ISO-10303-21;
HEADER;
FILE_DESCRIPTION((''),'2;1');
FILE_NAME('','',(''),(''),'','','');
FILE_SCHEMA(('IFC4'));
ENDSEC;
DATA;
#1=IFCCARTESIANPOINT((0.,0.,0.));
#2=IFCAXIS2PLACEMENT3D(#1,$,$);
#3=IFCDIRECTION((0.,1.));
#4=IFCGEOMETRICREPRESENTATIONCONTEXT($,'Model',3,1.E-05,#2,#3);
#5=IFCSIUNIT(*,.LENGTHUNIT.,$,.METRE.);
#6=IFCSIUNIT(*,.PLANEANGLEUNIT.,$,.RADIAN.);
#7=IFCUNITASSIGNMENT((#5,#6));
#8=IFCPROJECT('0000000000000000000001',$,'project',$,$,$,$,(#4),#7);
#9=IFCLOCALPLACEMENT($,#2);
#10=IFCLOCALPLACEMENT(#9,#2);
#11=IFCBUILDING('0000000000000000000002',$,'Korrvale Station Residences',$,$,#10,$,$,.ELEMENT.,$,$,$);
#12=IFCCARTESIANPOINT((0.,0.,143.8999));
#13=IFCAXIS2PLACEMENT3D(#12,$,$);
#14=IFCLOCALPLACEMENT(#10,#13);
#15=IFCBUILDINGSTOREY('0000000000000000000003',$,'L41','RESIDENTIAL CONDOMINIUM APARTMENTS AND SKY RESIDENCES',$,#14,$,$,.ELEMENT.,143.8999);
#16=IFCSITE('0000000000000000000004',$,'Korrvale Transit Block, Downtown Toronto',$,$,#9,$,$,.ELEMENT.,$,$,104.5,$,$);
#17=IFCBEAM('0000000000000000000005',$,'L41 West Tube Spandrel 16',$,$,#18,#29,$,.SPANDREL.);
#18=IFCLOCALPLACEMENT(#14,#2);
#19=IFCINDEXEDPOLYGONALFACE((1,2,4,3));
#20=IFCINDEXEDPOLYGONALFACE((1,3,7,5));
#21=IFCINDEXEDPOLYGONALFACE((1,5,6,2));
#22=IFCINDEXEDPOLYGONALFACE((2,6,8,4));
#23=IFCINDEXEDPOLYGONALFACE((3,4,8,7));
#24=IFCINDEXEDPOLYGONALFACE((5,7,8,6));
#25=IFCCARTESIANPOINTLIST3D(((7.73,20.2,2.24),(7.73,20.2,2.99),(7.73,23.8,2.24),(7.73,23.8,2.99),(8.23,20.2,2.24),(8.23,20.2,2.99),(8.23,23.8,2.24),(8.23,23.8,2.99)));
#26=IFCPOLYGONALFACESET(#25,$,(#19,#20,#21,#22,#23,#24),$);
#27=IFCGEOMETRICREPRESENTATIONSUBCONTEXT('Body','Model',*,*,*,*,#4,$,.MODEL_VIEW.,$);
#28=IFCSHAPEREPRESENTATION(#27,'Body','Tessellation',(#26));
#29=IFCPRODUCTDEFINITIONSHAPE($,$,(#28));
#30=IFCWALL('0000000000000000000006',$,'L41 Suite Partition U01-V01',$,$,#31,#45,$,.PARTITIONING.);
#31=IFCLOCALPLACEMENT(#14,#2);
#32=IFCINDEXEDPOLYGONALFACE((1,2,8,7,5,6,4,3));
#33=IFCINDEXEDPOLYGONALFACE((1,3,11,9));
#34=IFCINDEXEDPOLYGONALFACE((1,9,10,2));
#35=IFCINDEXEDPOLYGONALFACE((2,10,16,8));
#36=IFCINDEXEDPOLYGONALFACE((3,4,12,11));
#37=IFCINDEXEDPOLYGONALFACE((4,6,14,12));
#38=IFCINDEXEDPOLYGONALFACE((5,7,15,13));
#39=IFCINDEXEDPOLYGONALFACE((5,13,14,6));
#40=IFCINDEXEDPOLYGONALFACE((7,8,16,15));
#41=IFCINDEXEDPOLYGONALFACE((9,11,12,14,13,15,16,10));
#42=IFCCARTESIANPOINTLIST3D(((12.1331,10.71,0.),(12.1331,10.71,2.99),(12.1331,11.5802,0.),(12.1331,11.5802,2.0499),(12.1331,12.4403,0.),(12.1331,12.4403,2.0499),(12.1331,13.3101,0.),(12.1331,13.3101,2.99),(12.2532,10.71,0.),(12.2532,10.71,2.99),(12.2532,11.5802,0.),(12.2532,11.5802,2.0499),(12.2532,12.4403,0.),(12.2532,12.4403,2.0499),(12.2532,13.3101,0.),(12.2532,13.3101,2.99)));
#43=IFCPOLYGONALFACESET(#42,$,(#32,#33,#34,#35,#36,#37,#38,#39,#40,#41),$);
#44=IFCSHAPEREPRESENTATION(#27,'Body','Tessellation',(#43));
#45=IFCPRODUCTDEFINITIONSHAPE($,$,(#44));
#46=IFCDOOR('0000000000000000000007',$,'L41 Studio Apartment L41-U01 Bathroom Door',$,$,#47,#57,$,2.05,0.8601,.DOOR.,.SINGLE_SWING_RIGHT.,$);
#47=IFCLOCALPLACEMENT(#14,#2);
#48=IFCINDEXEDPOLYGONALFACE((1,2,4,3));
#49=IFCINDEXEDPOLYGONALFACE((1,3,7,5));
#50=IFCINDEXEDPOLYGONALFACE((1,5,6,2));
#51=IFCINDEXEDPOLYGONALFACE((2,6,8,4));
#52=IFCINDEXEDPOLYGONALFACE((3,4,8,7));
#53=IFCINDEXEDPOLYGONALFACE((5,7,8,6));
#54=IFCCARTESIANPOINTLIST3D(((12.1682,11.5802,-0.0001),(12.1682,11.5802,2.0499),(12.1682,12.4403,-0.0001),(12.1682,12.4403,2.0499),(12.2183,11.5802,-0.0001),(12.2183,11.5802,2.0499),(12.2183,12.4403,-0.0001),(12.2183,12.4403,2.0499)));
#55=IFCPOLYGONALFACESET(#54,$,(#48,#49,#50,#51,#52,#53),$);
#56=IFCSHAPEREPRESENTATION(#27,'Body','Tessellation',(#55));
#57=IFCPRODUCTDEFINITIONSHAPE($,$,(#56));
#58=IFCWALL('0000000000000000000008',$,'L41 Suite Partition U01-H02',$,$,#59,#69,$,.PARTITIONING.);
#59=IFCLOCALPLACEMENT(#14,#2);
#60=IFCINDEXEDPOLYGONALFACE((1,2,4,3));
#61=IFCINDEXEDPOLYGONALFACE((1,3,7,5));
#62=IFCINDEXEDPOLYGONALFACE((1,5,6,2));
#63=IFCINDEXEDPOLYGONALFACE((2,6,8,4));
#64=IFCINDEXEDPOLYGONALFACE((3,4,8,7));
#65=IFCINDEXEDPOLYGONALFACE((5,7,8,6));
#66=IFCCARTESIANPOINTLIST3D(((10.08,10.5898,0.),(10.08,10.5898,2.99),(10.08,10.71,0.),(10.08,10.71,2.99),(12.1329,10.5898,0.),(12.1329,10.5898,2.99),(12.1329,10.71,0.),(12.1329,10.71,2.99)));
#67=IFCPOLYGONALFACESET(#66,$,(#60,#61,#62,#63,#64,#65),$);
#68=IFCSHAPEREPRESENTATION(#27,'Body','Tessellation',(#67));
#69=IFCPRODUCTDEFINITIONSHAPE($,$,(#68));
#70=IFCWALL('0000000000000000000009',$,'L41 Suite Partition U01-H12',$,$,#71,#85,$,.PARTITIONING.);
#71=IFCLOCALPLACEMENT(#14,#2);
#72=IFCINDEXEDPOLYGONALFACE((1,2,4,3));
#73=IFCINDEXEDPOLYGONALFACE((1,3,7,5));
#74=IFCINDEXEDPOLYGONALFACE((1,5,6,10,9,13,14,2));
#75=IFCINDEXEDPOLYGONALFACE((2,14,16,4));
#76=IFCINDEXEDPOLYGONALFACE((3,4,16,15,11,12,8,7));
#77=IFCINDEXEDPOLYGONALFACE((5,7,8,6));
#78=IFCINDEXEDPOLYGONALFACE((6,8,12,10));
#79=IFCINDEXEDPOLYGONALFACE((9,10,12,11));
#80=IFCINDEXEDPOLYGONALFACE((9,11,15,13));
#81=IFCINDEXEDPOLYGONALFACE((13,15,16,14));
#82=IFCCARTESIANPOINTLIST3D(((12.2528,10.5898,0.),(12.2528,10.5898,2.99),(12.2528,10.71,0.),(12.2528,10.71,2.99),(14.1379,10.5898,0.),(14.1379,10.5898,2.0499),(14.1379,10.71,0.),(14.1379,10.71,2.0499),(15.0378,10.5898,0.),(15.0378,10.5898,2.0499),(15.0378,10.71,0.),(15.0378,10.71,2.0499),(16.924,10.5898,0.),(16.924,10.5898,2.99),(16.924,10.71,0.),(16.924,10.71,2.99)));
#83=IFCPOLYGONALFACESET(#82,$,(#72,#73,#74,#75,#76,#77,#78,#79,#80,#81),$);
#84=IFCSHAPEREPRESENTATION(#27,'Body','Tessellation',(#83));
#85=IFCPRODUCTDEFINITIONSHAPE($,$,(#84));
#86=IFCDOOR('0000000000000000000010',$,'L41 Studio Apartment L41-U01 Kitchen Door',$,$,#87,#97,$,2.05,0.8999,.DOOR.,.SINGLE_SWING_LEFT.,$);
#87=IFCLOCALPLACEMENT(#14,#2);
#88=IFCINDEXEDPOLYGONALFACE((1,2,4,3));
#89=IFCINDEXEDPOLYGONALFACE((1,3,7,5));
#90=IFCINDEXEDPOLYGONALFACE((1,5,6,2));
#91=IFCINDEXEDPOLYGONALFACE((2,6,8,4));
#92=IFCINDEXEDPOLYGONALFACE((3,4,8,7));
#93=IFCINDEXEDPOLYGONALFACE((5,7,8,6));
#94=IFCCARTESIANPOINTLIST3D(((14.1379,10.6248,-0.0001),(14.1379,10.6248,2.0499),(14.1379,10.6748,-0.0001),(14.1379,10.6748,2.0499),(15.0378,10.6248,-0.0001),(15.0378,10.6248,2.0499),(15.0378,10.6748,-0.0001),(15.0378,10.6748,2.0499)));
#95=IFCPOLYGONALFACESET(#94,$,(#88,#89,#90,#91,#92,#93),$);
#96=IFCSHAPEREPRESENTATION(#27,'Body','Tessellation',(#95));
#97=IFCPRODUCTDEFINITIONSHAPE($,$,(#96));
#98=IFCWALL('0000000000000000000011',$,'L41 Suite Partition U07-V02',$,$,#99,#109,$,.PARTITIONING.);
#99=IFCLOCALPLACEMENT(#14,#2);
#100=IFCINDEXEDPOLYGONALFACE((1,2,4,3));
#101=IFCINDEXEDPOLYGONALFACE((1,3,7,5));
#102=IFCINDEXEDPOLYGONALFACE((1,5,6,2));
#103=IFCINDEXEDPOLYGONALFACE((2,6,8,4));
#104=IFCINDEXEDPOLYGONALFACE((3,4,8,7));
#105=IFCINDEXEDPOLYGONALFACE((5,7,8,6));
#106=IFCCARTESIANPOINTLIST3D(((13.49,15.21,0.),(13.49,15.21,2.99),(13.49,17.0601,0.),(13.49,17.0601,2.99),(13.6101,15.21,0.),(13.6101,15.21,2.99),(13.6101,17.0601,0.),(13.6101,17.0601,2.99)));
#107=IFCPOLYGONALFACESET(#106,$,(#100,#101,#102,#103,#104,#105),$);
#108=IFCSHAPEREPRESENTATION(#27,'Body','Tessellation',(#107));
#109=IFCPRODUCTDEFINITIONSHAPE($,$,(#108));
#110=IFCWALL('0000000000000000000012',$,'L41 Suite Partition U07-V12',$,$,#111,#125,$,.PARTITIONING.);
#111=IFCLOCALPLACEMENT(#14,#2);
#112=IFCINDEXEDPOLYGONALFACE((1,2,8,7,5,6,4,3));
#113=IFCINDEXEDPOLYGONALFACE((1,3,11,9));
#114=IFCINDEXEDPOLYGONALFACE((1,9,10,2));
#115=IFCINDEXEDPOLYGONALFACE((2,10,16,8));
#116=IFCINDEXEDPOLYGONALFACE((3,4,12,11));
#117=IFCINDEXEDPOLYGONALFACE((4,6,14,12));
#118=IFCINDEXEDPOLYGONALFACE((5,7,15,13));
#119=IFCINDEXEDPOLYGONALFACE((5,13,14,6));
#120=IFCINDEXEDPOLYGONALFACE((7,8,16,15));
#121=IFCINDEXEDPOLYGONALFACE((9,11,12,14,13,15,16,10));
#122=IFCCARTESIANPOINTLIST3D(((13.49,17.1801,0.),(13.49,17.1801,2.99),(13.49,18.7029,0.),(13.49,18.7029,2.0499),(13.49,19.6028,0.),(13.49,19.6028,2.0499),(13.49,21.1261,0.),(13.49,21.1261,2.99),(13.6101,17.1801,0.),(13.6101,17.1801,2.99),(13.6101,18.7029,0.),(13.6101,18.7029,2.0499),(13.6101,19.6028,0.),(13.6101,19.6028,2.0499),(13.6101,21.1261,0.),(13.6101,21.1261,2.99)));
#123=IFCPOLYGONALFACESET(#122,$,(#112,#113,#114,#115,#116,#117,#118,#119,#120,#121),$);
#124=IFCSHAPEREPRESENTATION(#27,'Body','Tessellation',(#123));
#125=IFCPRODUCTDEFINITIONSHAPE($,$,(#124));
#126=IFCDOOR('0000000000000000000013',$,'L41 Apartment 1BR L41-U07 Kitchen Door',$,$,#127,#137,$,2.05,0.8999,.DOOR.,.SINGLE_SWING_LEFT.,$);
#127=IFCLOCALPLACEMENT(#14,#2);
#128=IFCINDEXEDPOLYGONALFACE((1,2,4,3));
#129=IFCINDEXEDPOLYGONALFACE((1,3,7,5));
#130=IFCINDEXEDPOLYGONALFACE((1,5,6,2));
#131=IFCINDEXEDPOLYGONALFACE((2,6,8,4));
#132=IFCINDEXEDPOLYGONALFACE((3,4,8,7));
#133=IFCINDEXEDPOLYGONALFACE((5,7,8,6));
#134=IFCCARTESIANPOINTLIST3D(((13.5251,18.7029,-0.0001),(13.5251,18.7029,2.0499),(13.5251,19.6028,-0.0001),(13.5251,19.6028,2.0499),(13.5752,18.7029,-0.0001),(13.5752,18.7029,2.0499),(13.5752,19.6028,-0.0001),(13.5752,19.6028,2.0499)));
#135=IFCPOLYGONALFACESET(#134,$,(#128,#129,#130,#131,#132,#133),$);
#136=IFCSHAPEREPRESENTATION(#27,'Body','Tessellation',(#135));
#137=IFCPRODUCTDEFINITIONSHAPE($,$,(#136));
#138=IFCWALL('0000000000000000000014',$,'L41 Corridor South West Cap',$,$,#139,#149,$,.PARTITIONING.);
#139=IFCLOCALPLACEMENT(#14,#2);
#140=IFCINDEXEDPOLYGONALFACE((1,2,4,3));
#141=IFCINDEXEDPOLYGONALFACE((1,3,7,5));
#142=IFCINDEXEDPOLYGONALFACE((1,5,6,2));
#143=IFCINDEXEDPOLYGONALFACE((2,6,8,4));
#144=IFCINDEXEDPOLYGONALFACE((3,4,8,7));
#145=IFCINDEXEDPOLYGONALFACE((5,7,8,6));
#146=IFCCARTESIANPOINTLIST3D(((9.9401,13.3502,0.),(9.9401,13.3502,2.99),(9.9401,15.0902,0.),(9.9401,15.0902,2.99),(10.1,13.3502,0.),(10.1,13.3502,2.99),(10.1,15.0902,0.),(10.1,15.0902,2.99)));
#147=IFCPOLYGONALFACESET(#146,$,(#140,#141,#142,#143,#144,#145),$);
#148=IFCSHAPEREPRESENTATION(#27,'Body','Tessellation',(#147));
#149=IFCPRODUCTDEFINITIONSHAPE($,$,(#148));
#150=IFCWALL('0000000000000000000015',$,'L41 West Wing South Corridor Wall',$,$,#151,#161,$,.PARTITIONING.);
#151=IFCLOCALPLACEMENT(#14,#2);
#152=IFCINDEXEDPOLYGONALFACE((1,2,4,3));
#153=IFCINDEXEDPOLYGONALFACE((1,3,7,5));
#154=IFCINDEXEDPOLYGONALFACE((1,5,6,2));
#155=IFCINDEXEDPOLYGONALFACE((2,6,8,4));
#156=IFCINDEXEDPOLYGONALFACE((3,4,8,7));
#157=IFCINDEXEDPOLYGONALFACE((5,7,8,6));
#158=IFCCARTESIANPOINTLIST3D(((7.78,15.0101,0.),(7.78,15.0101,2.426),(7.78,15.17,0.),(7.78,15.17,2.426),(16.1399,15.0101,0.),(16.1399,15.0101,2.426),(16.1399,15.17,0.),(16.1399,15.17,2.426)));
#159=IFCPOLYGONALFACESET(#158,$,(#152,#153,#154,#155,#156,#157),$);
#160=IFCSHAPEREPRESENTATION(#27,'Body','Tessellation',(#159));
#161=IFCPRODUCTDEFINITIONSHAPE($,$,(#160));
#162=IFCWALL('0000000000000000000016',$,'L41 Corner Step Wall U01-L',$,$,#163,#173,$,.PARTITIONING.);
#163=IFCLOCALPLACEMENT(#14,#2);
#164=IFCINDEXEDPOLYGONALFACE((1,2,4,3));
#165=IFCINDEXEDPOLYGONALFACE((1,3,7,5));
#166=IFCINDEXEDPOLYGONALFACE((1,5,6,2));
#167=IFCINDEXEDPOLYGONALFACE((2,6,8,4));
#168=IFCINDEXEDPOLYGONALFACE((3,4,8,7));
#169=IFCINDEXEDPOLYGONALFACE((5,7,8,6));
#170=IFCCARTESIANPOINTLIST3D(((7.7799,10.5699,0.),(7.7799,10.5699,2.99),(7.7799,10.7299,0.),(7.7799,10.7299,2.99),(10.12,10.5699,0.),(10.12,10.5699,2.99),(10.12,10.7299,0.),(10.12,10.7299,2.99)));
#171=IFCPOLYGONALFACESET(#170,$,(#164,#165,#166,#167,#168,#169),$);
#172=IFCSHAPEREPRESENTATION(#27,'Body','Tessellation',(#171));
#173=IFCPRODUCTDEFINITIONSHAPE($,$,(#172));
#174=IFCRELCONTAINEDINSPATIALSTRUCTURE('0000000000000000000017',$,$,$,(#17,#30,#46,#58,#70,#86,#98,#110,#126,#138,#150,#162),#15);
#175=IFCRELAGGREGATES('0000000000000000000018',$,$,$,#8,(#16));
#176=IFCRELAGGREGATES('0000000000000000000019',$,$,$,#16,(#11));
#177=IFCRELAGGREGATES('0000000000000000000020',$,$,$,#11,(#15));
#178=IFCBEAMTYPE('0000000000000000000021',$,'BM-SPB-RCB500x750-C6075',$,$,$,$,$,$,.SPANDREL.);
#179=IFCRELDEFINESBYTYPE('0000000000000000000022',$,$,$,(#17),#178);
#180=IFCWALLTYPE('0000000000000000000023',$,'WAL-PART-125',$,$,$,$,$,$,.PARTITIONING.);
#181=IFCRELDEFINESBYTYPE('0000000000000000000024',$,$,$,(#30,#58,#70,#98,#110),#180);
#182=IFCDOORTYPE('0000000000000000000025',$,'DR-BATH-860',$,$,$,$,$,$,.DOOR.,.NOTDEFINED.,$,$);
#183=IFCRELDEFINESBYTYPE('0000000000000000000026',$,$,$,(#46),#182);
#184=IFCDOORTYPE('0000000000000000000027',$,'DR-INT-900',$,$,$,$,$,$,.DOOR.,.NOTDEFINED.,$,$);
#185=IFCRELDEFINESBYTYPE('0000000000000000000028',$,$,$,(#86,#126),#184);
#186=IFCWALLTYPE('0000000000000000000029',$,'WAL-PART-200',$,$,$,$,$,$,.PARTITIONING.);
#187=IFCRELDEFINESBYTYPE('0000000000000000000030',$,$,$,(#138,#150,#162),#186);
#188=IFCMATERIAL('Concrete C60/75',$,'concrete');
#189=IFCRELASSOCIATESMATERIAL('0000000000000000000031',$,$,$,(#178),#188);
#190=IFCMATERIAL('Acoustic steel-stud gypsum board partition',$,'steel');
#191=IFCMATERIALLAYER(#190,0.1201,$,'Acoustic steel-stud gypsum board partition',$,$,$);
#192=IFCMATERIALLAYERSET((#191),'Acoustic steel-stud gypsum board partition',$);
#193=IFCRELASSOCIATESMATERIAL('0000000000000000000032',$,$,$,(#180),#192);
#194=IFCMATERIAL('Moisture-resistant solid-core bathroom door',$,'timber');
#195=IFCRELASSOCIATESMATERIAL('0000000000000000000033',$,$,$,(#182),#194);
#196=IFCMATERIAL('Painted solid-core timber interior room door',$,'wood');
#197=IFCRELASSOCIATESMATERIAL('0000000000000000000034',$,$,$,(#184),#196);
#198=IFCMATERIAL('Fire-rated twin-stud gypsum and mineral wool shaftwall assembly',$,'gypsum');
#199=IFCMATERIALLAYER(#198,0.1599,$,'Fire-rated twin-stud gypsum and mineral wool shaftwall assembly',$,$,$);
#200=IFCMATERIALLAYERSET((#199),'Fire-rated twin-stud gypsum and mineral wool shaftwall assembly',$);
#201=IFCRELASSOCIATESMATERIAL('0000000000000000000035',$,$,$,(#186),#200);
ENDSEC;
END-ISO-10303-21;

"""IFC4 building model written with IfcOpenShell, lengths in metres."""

from ifc_helpers import new_model, si_unit, direction, frame, frame_2d, origin, origin_2d, place, context, subcontext, project, spatial, rectangle, extrude, material, layer, layer_set, material_profile, profile_set, type_object, element, fill, save


model = new_model("IFC4")

# Units and contexts
model_context = context("Model", 3, precision=1e-05, world=origin(), true_north=direction((0.0, 1.0)))
body_context = subcontext(model_context, "Body", "Model", "MODEL_VIEW")
ifc_project = project(units=[si_unit("LENGTHUNIT", "METRE"), si_unit("PLANEANGLEUNIT", "RADIAN")], contexts=[model_context])

# Site, building, storey
site_placement = place(None, origin())
site = spatial("IfcSite", under=ifc_project, at=site_placement, Name="Korrvale Transit Block, Downtown Toronto", CompositionType="ELEMENT", RefElevation=104.5)
building_placement = place(site_placement, origin())
building = spatial("IfcBuilding", under=site, at=building_placement, Name="Korrvale Station Residences", CompositionType="ELEMENT")
storey_placement = place(building_placement, frame((0.0, 0.0, 143.8999)))
storey = spatial("IfcBuildingStorey", under=building, at=storey_placement, Name="L41", Description="RESIDENTIAL CONDOMINIUM APARTMENTS AND SKY RESIDENCES", CompositionType="ELEMENT", Elevation=143.8999)

# Shared definitions
ifc_material_1 = material(Name="Concrete C60/75", Category="concrete")

# Beam
ifc_material_profile_1 = material_profile(ifc_material_1, rectangle(XDim=0.5, YDim=0.75, at=origin_2d()), Name="RCB500x750")
ifc_profile_set_1 = profile_set([ifc_material_profile_1], Name="Concrete C60/75")
beam_type_1 = type_object("IfcBeamType", Name="BM-SPB-RCB500x750-C6075", PredefinedType="SPANDREL", material=ifc_profile_set_1)
beam_1_placement = place(storey_placement, frame((7.98, 20.2, 2.615), z_axis=(0.0, 1.0, 0.0), x_axis=(-1.0, 0.0, 0.0)))
element("IfcBeam", 1, at=beam_1_placement, inside=storey, type_object=beam_type_1, Name="L41 West Tube Spandrel 16", PredefinedType="SPANDREL", context=body_context, shape_type="SweptSolid", body=[
    extrude(rectangle(XDim=0.5, YDim=0.75, at=origin_2d()), origin(), (0.0, 0.0, 1.0), 3.6001),
])

# Wall, opening, door
ifc_material_2 = material(Name="Acoustic steel-stud gypsum board partition", Category="steel")
ifc_layer_1 = layer(ifc_material_2, 0.1201, Name="Acoustic steel-stud gypsum board partition")
ifc_layer_set_1 = layer_set([ifc_layer_1], Name="Acoustic steel-stud gypsum board partition")
wall_type_1 = type_object("IfcWallType", Name="WAL-PART-125", PredefinedType="PARTITIONING", material=ifc_layer_set_1)
wall_1_placement = place(storey_placement, frame((12.1931, 10.71, 0.0), z_axis=(0.0, 0.0, 1.0), x_axis=(0.0, 1.0, 0.0)))
wall_1 = element("IfcWall", 2, at=wall_1_placement, inside=storey, type_object=wall_type_1, Name="L41 Suite Partition U01-V01", PredefinedType="PARTITIONING", context=body_context, shape_type="SweptSolid", body=[
    extrude(rectangle(XDim=2.6001, YDim=0.1201, at=frame_2d((1.3, 0.0))), origin(), (0.0, 0.0, 1.0), 2.99),
])
opening_1_placement = place(wall_1_placement, frame((0.8701, 0.0, 0.0)))
opening_1 = element("IfcOpeningElement", 3, at=opening_1_placement, cuts=wall_1, PredefinedType="OPENING", context=body_context, shape_type="SweptSolid", body=[
    extrude(rectangle(XDim=0.8601, YDim=2.05, at=frame_2d((0.4302, 1.0249))), frame((0.0, 0.0701, 0.0), z_axis=(0.0, -1.0, 0.0), x_axis=(1.0, 0.0, 0.0)), (0.0, 0.0, 1.0), 0.1401),
])
ifc_material_3 = material(Name="Moisture-resistant solid-core bathroom door", Category="timber")
door_type_1 = type_object("IfcDoorType", Name="DR-BATH-860", OperationType="NOTDEFINED", PredefinedType="DOOR", material=ifc_material_3)
door_1_placement = place(opening_1_placement, origin())
door_1 = element("IfcDoor", 4, at=door_1_placement, inside=storey, type_object=door_type_1, Name="L41 Studio Apartment L41-U01 Bathroom Door", OperationType="SINGLE_SWING_RIGHT", OverallHeight=2.05, OverallWidth=0.8601, PredefinedType="DOOR", context=body_context, shape_type="SweptSolid", body=[
    extrude(rectangle(XDim=0.8601, YDim=2.05, at=frame_2d((0.4302, 1.0249))), frame((0.0, 0.0249, 0.0), z_axis=(0.0, -1.0, 0.0), x_axis=(1.0, 0.0, 0.0)), (0.0, 0.0, 1.0), 0.05),
])
fill(opening_1, door_1)

# Wall
wall_2_placement = place(storey_placement, frame((10.0801, 10.6499, 0.0), z_axis=(0.0, 0.0, 1.0), x_axis=(1.0, 0.0, 0.0)))
element("IfcWall", 5, at=wall_2_placement, inside=storey, type_object=wall_type_1, Name="L41 Suite Partition U01-H02", PredefinedType="PARTITIONING", context=body_context, shape_type="SweptSolid", body=[
    extrude(rectangle(XDim=2.053, YDim=0.1201, at=frame_2d((1.0264, 0.0))), origin(), (0.0, 0.0, 1.0), 2.99),
])

# Wall, opening, door
wall_3_placement = place(storey_placement, frame((12.2529, 10.6499, 0.0), z_axis=(0.0, 0.0, 1.0), x_axis=(1.0, 0.0, 0.0)))
wall_3 = element("IfcWall", 6, at=wall_3_placement, inside=storey, type_object=wall_type_1, Name="L41 Suite Partition U01-H12", PredefinedType="PARTITIONING", context=body_context, shape_type="SweptSolid", body=[
    extrude(rectangle(XDim=4.6711, YDim=0.1201, at=frame_2d((2.3354, 0.0))), origin(), (0.0, 0.0, 1.0), 2.99),
])
opening_2_placement = place(wall_3_placement, frame((1.885, 0.0, 0.0)))
opening_2 = element("IfcOpeningElement", 7, at=opening_2_placement, cuts=wall_3, PredefinedType="OPENING", context=body_context, shape_type="SweptSolid", body=[
    extrude(rectangle(XDim=0.8999, YDim=2.05, at=frame_2d((0.45, 1.0249))), frame((0.0, 0.0701, 0.0), z_axis=(0.0, -1.0, 0.0), x_axis=(1.0, 0.0, 0.0)), (0.0, 0.0, 1.0), 0.1401),
])
ifc_material_4 = material(Name="Painted solid-core timber interior room door", Category="wood")
door_type_2 = type_object("IfcDoorType", Name="DR-INT-900", OperationType="NOTDEFINED", PredefinedType="DOOR", material=ifc_material_4)
door_2_placement = place(opening_2_placement, origin())
door_2 = element("IfcDoor", 8, at=door_2_placement, inside=storey, type_object=door_type_2, Name="L41 Studio Apartment L41-U01 Kitchen Door", OperationType="SINGLE_SWING_LEFT", OverallHeight=2.05, OverallWidth=0.8999, PredefinedType="DOOR", context=body_context, shape_type="SweptSolid", body=[
    extrude(rectangle(XDim=0.8999, YDim=2.05, at=frame_2d((0.45, 1.0249))), frame((0.0, 0.0249, 0.0), z_axis=(0.0, -1.0, 0.0), x_axis=(1.0, 0.0, 0.0)), (0.0, 0.0, 1.0), 0.05),
])
fill(opening_2, door_2)

# Wall
wall_4_placement = place(storey_placement, frame((13.55, 15.21, 0.0), z_axis=(0.0, 0.0, 1.0), x_axis=(0.0, 1.0, 0.0)))
element("IfcWall", 9, at=wall_4_placement, inside=storey, type_object=wall_type_1, Name="L41 Suite Partition U07-V02", PredefinedType="PARTITIONING", context=body_context, shape_type="SweptSolid", body=[
    extrude(rectangle(XDim=1.8501, YDim=0.1201, at=frame_2d((0.925, 0.0))), origin(), (0.0, 0.0, 1.0), 2.99),
])

# Wall, opening, door
wall_5_placement = place(storey_placement, frame((13.55, 17.1799, 0.0), z_axis=(0.0, 0.0, 1.0), x_axis=(0.0, 1.0, 0.0)))
wall_5 = element("IfcWall", 10, at=wall_5_placement, inside=storey, type_object=wall_type_1, Name="L41 Suite Partition U07-V12", PredefinedType="PARTITIONING", context=body_context, shape_type="SweptSolid", body=[
    extrude(rectangle(XDim=3.946, YDim=0.1201, at=frame_2d((1.9731, 0.0))), origin(), (0.0, 0.0, 1.0), 2.99),
])
opening_3_placement = place(wall_5_placement, frame((1.5229, 0.0, 0.0)))
opening_3 = element("IfcOpeningElement", 11, at=opening_3_placement, cuts=wall_5, PredefinedType="OPENING", context=body_context, shape_type="SweptSolid", body=[
    extrude(rectangle(XDim=0.8999, YDim=2.05, at=frame_2d((0.45, 1.0249))), frame((0.0, 0.0701, 0.0), z_axis=(0.0, -1.0, 0.0), x_axis=(1.0, 0.0, 0.0)), (0.0, 0.0, 1.0), 0.1401),
])
door_3_placement = place(opening_3_placement, origin())
door_3 = element("IfcDoor", 12, at=door_3_placement, inside=storey, type_object=door_type_2, Name="L41 Apartment 1BR L41-U07 Kitchen Door", OperationType="SINGLE_SWING_LEFT", OverallHeight=2.05, OverallWidth=0.8999, PredefinedType="DOOR", context=body_context, shape_type="SweptSolid", body=[
    extrude(rectangle(XDim=0.8999, YDim=2.05, at=frame_2d((0.45, 1.0249))), frame((0.0, 0.0249, 0.0), z_axis=(0.0, -1.0, 0.0), x_axis=(1.0, 0.0, 0.0)), (0.0, 0.0, 1.0), 0.05),
])
fill(opening_3, door_3)

# Walls
ifc_material_5 = material(Name="Fire-rated twin-stud gypsum and mineral wool shaftwall assembly", Category="gypsum")
ifc_layer_2 = layer(ifc_material_5, 0.1599, Name="Fire-rated twin-stud gypsum and mineral wool shaftwall assembly")
ifc_layer_set_2 = layer_set([ifc_layer_2], Name="Fire-rated twin-stud gypsum and mineral wool shaftwall assembly")
wall_type_2 = type_object("IfcWallType", Name="WAL-PART-200", PredefinedType="PARTITIONING", material=ifc_layer_set_2)
wall_6_placement = place(storey_placement, frame((10.02, 13.3501, 0.0), z_axis=(0.0, 0.0, 1.0), x_axis=(0.0, 1.0, 0.0)))
element("IfcWall", 13, at=wall_6_placement, inside=storey, type_object=wall_type_2, Name="L41 Corridor South West Cap", PredefinedType="PARTITIONING", context=body_context, shape_type="SweptSolid", body=[
    extrude(rectangle(XDim=1.74, YDim=0.1599, at=frame_2d((0.8701, 0.0))), origin(), (0.0, 0.0, 1.0), 2.99),
])
wall_7_placement = place(storey_placement, frame((7.78, 15.0901, 0.0), z_axis=(0.0, 0.0, 1.0), x_axis=(1.0, 0.0, 0.0)))
element("IfcWall", 14, at=wall_7_placement, inside=storey, type_object=wall_type_2, Name="L41 West Wing South Corridor Wall", PredefinedType="PARTITIONING", context=body_context, shape_type="SweptSolid", body=[
    extrude(rectangle(XDim=8.3599, YDim=0.1599, at=frame_2d((4.1799, 0.0))), origin(), (0.0, 0.0, 1.0), 2.426),
])
wall_8_placement = place(storey_placement, frame((7.78, 10.6499, 0.0), z_axis=(0.0, 0.0, 1.0), x_axis=(1.0, 0.0, 0.0)))
element("IfcWall", 15, at=wall_8_placement, inside=storey, type_object=wall_type_2, Name="L41 Corner Step Wall U01-L", PredefinedType="PARTITIONING", context=body_context, shape_type="SweptSolid", body=[
    extrude(rectangle(XDim=2.3401, YDim=0.1599, at=frame_2d((1.1699, 0.0))), origin(), (0.0, 0.0, 1.0), 2.99),
])

save(model, "model.ifc")
